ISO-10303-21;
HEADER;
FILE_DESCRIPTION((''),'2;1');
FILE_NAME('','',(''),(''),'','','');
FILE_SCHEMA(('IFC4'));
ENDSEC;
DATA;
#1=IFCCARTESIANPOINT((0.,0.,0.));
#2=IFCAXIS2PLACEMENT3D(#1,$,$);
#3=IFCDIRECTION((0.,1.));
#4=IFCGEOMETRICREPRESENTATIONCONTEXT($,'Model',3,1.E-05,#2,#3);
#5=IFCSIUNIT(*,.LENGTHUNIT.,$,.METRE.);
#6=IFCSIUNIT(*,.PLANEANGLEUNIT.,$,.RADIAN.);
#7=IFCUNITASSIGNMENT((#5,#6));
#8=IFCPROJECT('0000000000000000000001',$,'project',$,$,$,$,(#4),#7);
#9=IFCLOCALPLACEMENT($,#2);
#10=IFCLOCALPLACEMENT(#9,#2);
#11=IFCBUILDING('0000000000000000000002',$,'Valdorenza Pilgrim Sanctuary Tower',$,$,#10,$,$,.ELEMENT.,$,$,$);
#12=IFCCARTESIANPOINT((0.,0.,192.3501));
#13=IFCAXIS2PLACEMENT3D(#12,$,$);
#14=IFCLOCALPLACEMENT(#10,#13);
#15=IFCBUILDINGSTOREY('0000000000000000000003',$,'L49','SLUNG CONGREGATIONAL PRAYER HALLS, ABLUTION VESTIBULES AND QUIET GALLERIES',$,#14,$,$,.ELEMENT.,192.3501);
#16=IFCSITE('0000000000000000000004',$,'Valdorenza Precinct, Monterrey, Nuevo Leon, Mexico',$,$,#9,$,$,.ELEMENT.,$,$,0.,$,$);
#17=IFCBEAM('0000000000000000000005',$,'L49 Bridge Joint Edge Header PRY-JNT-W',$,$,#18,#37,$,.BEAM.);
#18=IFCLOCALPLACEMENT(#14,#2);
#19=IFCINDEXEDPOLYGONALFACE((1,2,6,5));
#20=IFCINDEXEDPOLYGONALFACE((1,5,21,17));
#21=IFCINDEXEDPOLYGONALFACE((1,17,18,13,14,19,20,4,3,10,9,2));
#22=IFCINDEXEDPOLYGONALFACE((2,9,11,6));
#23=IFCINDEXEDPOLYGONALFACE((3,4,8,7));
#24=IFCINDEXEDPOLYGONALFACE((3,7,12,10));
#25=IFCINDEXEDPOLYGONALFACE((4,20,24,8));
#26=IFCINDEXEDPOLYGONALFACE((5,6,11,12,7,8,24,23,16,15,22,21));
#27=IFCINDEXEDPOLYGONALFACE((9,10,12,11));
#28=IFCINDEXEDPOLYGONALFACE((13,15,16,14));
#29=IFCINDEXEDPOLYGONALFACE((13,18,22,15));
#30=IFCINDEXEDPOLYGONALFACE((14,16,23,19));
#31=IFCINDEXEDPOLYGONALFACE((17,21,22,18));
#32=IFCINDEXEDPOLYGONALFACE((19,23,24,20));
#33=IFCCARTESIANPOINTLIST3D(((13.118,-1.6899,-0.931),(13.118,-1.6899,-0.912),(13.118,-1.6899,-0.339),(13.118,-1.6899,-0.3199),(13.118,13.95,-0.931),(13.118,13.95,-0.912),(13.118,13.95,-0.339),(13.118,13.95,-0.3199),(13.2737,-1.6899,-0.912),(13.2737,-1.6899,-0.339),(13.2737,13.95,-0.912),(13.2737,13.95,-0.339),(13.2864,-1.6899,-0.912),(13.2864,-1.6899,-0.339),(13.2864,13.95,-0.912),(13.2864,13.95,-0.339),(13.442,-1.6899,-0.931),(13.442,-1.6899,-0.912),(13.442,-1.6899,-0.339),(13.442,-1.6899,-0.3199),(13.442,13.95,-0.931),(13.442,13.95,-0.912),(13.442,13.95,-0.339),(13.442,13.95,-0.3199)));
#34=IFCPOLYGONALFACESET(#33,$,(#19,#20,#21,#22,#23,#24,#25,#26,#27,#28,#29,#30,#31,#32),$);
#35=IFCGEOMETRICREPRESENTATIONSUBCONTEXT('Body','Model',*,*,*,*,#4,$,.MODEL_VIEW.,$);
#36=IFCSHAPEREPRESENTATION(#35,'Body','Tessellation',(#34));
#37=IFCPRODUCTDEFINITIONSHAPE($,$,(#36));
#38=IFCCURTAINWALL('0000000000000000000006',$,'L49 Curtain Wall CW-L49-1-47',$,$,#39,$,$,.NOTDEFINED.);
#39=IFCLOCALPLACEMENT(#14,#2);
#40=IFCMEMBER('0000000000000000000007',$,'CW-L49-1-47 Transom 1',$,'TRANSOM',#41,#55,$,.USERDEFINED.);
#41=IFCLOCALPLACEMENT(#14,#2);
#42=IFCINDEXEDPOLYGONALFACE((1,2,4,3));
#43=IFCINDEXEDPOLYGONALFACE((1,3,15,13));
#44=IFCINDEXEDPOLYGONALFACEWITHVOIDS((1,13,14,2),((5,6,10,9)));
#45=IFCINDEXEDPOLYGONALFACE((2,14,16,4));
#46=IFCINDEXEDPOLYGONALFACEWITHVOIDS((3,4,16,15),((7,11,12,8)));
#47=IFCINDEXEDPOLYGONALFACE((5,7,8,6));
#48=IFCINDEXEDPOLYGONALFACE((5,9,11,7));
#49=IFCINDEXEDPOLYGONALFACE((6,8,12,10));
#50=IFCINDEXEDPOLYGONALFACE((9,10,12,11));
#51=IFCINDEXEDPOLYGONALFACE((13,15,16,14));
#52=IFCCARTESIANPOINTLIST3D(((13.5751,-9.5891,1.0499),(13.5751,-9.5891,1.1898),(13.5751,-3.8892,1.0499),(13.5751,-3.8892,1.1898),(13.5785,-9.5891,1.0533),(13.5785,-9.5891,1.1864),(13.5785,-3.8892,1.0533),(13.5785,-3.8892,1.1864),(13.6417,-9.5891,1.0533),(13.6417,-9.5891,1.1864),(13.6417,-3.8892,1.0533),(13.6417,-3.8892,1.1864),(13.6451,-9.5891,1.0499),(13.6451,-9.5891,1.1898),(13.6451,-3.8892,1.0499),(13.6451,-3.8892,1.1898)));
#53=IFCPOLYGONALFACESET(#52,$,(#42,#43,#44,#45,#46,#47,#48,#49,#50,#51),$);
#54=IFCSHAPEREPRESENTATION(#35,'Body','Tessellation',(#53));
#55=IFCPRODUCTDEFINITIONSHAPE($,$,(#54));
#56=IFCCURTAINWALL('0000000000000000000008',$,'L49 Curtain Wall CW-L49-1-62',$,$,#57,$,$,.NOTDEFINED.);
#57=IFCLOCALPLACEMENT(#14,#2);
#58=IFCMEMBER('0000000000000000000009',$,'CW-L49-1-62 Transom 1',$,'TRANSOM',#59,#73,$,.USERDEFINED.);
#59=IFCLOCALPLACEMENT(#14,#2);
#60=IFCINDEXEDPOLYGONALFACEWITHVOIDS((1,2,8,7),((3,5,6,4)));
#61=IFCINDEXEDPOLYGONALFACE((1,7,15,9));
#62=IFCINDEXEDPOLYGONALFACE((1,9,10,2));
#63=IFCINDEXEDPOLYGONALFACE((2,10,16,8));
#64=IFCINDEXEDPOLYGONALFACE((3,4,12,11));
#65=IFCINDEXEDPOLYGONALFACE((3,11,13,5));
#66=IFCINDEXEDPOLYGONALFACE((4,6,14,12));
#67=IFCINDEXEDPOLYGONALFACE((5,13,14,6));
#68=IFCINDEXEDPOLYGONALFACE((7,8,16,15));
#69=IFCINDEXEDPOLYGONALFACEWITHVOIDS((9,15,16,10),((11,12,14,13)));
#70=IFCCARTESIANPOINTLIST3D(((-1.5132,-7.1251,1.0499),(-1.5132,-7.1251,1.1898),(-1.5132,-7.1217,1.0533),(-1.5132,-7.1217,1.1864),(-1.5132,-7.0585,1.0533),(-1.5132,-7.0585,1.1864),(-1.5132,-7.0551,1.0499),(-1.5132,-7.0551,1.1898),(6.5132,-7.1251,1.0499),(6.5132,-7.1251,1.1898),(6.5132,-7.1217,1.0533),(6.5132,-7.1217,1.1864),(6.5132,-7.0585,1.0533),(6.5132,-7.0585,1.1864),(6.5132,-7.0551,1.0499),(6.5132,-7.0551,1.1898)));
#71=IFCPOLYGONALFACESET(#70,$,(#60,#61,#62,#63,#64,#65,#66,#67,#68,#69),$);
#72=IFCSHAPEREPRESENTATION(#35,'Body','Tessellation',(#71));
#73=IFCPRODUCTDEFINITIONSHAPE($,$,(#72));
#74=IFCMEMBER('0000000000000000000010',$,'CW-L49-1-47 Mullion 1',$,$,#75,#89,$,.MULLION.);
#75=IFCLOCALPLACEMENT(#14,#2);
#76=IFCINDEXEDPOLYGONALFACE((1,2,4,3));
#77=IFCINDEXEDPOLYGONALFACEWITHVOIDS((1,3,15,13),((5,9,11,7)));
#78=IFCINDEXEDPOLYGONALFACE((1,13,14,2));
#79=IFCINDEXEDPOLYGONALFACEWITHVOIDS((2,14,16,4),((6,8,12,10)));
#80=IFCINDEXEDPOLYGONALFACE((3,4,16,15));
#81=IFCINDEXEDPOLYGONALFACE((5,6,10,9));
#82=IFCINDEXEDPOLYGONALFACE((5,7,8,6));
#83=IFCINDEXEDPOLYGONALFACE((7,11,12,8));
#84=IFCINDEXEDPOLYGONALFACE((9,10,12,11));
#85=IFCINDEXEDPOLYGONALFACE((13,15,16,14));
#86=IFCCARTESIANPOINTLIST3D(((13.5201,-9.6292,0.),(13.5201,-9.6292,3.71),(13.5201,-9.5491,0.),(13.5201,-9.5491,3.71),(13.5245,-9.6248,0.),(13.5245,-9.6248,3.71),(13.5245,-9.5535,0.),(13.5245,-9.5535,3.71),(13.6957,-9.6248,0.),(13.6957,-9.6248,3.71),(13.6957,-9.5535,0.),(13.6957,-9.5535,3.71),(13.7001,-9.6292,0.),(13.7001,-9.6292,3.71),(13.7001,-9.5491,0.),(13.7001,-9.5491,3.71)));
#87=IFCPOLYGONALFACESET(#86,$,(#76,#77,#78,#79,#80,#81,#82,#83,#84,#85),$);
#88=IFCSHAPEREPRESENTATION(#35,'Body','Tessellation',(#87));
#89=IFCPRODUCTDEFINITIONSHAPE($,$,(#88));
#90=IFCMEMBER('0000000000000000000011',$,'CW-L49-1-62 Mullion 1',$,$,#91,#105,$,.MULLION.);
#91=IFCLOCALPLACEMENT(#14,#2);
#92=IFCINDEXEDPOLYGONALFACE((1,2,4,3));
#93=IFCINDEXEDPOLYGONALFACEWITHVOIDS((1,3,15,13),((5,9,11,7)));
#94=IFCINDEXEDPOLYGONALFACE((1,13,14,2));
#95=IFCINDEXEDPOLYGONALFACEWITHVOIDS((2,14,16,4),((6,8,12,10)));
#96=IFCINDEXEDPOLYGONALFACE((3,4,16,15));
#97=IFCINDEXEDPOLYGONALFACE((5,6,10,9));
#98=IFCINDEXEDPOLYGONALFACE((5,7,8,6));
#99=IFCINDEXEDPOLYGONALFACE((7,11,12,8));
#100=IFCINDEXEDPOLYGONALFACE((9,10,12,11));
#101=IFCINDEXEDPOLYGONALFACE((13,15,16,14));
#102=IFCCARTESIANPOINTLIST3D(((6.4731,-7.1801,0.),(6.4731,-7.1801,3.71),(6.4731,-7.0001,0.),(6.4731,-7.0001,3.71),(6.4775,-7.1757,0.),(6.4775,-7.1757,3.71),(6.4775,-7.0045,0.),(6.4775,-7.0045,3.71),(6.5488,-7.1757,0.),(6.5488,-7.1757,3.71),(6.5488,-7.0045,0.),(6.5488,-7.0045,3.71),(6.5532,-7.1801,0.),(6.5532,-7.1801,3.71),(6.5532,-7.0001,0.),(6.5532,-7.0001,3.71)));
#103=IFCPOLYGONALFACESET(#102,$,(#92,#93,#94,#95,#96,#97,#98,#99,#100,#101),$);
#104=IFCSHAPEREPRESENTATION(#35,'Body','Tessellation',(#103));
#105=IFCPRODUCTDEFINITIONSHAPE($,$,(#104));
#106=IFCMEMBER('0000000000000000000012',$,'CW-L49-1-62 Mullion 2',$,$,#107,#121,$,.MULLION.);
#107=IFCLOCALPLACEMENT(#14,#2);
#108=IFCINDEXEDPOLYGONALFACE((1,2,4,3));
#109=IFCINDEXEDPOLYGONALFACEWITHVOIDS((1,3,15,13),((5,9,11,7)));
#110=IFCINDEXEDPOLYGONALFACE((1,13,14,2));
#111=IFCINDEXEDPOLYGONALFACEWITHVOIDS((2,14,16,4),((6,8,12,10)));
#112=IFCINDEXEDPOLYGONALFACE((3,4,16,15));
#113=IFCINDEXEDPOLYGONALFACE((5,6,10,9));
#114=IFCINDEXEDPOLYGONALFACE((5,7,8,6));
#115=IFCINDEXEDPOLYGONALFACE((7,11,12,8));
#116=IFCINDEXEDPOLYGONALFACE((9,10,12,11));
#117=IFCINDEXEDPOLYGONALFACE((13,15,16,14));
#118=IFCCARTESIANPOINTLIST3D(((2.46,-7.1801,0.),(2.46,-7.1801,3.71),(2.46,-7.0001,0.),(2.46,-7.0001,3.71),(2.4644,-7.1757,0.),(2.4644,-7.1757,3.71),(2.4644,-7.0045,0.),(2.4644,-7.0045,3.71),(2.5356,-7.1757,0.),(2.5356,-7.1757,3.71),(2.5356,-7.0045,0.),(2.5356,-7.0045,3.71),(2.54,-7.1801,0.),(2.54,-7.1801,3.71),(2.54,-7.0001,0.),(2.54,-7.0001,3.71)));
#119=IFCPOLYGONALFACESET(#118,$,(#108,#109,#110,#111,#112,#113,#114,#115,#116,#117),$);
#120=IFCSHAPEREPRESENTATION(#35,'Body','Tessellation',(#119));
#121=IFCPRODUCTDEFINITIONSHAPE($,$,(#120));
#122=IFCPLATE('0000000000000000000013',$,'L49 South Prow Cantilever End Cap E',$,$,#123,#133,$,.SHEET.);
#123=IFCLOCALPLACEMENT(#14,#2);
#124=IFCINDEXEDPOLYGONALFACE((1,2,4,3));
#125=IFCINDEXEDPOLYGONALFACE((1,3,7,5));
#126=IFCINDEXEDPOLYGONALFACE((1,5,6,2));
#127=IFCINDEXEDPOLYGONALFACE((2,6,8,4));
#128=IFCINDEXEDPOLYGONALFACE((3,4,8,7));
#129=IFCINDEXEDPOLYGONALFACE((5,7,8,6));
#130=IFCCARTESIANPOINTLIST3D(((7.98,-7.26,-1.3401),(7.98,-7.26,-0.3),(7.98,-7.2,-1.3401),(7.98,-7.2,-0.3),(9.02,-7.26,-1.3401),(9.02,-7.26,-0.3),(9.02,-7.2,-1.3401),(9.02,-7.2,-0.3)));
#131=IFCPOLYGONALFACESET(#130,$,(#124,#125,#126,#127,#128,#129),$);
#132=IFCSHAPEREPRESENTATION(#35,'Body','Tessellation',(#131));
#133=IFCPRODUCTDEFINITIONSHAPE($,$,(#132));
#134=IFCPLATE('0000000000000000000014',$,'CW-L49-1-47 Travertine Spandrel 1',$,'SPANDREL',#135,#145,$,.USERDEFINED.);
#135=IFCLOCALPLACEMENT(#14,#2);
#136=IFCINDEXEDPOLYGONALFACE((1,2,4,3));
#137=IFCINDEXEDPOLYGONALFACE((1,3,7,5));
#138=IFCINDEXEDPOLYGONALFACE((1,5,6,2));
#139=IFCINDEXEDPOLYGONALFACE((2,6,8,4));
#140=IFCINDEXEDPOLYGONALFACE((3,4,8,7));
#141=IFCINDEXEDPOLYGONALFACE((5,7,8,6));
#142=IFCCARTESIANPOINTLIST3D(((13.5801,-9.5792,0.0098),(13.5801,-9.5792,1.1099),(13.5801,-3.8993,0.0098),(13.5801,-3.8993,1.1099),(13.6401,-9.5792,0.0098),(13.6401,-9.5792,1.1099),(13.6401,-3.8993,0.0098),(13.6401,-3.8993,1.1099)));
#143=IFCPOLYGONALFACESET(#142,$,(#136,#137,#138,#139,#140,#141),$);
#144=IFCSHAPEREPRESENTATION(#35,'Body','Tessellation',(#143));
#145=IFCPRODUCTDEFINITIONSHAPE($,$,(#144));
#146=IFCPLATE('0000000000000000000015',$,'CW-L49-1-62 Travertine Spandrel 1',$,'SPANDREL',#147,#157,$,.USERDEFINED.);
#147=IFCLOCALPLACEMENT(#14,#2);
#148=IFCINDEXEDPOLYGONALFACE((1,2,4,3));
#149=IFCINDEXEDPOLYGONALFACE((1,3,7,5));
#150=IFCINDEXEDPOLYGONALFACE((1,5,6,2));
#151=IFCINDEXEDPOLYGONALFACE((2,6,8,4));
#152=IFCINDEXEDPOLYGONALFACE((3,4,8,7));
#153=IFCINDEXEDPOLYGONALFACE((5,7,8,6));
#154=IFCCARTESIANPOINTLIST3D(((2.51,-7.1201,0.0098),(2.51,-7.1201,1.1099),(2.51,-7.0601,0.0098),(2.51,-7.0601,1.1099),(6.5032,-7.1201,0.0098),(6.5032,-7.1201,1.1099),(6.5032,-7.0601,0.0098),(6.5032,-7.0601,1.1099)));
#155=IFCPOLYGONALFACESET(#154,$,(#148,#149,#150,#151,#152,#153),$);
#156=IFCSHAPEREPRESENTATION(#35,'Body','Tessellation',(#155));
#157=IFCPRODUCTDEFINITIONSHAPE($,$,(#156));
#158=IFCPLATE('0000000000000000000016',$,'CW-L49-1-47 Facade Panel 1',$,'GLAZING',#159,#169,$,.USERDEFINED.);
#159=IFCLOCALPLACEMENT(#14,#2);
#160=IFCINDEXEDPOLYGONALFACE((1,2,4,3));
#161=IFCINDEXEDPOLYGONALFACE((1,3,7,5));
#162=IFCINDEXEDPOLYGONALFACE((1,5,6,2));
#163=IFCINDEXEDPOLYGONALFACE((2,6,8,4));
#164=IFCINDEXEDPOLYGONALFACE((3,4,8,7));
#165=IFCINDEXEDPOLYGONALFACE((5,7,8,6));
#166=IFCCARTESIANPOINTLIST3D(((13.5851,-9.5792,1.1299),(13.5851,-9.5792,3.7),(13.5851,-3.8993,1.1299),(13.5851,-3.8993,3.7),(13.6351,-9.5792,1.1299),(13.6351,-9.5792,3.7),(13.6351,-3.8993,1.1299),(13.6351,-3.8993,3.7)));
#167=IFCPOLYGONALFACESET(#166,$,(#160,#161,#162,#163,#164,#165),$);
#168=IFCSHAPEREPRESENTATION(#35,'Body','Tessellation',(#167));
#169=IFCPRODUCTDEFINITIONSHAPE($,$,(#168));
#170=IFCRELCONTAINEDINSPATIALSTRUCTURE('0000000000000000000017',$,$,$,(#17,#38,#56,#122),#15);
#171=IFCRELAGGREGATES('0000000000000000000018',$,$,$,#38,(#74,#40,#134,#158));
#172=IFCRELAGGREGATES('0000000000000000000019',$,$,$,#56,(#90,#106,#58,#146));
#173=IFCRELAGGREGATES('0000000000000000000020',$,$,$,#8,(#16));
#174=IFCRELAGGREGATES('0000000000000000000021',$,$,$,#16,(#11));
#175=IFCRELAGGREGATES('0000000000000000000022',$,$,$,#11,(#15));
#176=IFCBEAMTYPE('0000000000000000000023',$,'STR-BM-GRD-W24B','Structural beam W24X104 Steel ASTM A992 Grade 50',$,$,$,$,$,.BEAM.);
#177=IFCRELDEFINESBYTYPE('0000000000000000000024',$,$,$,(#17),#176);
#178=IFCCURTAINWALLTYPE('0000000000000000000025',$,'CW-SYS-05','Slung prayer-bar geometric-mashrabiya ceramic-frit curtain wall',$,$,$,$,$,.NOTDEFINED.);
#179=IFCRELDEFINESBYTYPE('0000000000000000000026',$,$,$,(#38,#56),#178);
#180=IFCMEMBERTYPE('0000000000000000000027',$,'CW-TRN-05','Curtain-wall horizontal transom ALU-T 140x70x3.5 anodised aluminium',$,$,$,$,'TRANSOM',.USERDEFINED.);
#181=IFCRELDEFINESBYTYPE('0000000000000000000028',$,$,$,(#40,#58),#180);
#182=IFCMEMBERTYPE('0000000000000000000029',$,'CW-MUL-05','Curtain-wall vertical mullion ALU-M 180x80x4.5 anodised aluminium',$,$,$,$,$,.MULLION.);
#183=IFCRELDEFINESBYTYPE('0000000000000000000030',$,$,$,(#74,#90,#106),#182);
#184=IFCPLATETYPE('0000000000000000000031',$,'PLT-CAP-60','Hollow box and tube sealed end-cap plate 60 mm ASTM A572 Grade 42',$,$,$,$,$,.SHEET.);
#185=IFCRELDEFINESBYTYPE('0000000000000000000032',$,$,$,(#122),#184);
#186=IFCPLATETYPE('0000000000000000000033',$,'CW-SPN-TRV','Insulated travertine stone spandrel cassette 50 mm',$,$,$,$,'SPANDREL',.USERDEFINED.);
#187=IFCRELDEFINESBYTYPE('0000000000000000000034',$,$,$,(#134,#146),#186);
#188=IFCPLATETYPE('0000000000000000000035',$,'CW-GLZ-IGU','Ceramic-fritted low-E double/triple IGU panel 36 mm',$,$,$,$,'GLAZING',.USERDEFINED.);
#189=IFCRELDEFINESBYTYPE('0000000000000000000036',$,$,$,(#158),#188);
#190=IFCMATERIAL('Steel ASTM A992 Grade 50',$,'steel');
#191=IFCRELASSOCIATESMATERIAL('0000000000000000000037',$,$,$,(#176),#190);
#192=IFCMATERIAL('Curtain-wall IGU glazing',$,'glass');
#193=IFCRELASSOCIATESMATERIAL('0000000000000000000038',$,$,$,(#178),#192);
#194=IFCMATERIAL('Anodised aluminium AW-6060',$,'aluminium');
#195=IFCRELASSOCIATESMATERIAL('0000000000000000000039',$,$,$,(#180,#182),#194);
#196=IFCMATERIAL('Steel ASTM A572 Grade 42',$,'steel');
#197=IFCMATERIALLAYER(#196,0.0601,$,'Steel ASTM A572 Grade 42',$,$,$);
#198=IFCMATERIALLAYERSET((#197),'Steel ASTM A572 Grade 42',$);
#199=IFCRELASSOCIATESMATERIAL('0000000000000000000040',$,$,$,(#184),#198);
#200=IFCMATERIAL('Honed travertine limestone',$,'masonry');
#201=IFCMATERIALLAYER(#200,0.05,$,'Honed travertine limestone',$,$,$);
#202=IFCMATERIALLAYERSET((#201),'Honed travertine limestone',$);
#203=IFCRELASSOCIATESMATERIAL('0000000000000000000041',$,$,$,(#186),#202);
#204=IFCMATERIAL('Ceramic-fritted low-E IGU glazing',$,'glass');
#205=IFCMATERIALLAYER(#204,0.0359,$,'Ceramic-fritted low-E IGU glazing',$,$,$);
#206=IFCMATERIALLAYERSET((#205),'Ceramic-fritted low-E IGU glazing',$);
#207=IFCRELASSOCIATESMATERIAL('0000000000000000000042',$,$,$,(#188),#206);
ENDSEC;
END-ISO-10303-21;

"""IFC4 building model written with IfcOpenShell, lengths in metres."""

from ifc_helpers import new_model, si_unit, direction, frame, origin, origin_2d, place, context, subcontext, project, spatial, rectangle, hollow_rectangle, i_section, extrude, source, transform, mapped, material, layer, layer_set, material_profile, profile_set, type_object, element, aggregate, save


model = new_model("IFC4")

# Units and contexts
model_context = context("Model", 3, precision=1e-05, world=origin(), true_north=direction((0.0, 1.0)))
body_context = subcontext(model_context, "Body", "Model", "MODEL_VIEW")
ifc_project = project(units=[si_unit("LENGTHUNIT", "METRE"), si_unit("PLANEANGLEUNIT", "RADIAN")], contexts=[model_context])

# Site, building, storey
site_placement = place(None, origin())
site = spatial("IfcSite", under=ifc_project, at=site_placement, Name="Valdorenza Precinct, Monterrey, Nuevo Leon, Mexico", CompositionType="ELEMENT", RefElevation=0.0)
building_placement = place(site_placement, origin())
building = spatial("IfcBuilding", under=site, at=building_placement, Name="Valdorenza Pilgrim Sanctuary Tower", CompositionType="ELEMENT")
storey_placement = place(building_placement, frame((0.0, 0.0, 192.3501)))
storey = spatial("IfcBuildingStorey", under=building, at=storey_placement, Name="L49", Description="SLUNG CONGREGATIONAL PRAYER HALLS, ABLUTION VESTIBULES AND QUIET GALLERIES", CompositionType="ELEMENT", Elevation=192.3501)

# Beam
ifc_material_1 = material(Name="Steel ASTM A992 Grade 50", Category="steel")
ifc_material_profile_1 = material_profile(ifc_material_1, i_section(OverallWidth=0.324, OverallDepth=0.6111, WebThickness=0.0127, FlangeThickness=0.019, at=origin_2d()), Name="W24X104")
ifc_profile_set_1 = profile_set([ifc_material_profile_1], Name="Steel ASTM A992 Grade 50")
beam_type = type_object("IfcBeamType", Name="STR-BM-GRD-W24B", Description="Structural beam W24X104 Steel ASTM A992 Grade 50", PredefinedType="BEAM", material=ifc_profile_set_1)
shared_shape_1 = source(origin(), body_context, "Body", "SweptSolid", [
    extrude(i_section(OverallWidth=0.324, OverallDepth=0.6111, WebThickness=0.0127, FlangeThickness=0.019, at=origin_2d()), origin(), (0.0, 0.0, 1.0), 15.6399),
])
beam_placement = place(storey_placement, frame((13.28, -1.6899, -0.6255), z_axis=(0.0, 1.0, 0.0), x_axis=(-1.0, 0.0, 0.0)))
element("IfcBeam", 1, at=beam_placement, inside=storey, type_object=beam_type, Name="L49 Bridge Joint Edge Header PRY-JNT-W", PredefinedType="BEAM", context=body_context, shape_type="MappedRepresentation", body=[
    mapped(shared_shape_1, transform((0.0, 0.0, 0.0), x_axis=(1.0, 0.0, 0.0), y_axis=(0.0, 1.0, 0.0), z_axis=(0.0, 0.0, 1.0), scale=1.0)),
])

# Curtain walls, members
ifc_material_2 = material(Name="Curtain-wall IGU glazing", Category="glass")
curtain_wall_type = type_object("IfcCurtainWallType", Name="CW-SYS-05", Description="Slung prayer-bar geometric-mashrabiya ceramic-frit curtain wall", PredefinedType="NOTDEFINED", material=ifc_material_2)
curtain_wall_1_placement = place(storey_placement, origin())
curtain_wall_1 = element("IfcCurtainWall", 2, at=curtain_wall_1_placement, inside=storey, type_object=curtain_wall_type, Name="L49 Curtain Wall CW-L49-1-47", PredefinedType="NOTDEFINED")
ifc_material_3 = material(Name="Anodised aluminium AW-6060", Category="aluminium")
ifc_material_profile_2 = material_profile(ifc_material_3, hollow_rectangle(XDim=0.0701, YDim=0.1399, WallThickness=0.0034, at=origin_2d()), Name="ALU-T 140x70x3.5")
ifc_profile_set_2 = profile_set([ifc_material_profile_2], Name="Anodised aluminium AW-6060")
member_type_1 = type_object("IfcMemberType", Name="CW-TRN-05", Description="Curtain-wall horizontal transom ALU-T 140x70x3.5 anodised aluminium", ElementType="TRANSOM", PredefinedType="USERDEFINED", material=ifc_profile_set_2)
shared_shape_2 = source(origin(), body_context, "Body", "SweptSolid", [
    extrude(hollow_rectangle(XDim=0.0701, YDim=0.1399, WallThickness=0.0034, at=origin_2d()), origin(), (0.0, 0.0, 1.0), 5.7),
])
member_1_placement = place(storey_placement, frame((13.6101, -9.5891, 1.1199), z_axis=(0.0, 1.0, 0.0), x_axis=(-1.0, 0.0, 0.0)))
member_1 = element("IfcMember", 3, at=member_1_placement, type_object=member_type_1, Name="CW-L49-1-47 Transom 1", ObjectType="TRANSOM", PredefinedType="USERDEFINED", context=body_context, shape_type="MappedRepresentation", body=[
    mapped(shared_shape_2, transform((0.0, 0.0, 0.0), x_axis=(1.0, 0.0, 0.0), y_axis=(0.0, 1.0, 0.0), z_axis=(0.0, 0.0, 1.0), scale=1.0)),
])
curtain_wall_2_placement = place(storey_placement, origin())
curtain_wall_2 = element("IfcCurtainWall", 4, at=curtain_wall_2_placement, inside=storey, type_object=curtain_wall_type, Name="L49 Curtain Wall CW-L49-1-62", PredefinedType="NOTDEFINED")
shared_shape_3 = source(origin(), body_context, "Body", "SweptSolid", [
    extrude(hollow_rectangle(XDim=0.0701, YDim=0.1399, WallThickness=0.0034, at=origin_2d()), origin(), (0.0, 0.0, 1.0), 8.0264),
])
member_2_placement = place(storey_placement, frame((6.5132, -7.0901, 1.1199), z_axis=(-1.0, 0.0, 0.0), x_axis=(0.0, -1.0, 0.0)))
member_2 = element("IfcMember", 5, at=member_2_placement, type_object=member_type_1, Name="CW-L49-1-62 Transom 1", ObjectType="TRANSOM", PredefinedType="USERDEFINED", context=body_context, shape_type="MappedRepresentation", body=[
    mapped(shared_shape_3, transform((0.0, 0.0, 0.0), x_axis=(1.0, 0.0, 0.0), y_axis=(0.0, 1.0, 0.0), z_axis=(0.0, 0.0, 1.0), scale=1.0)),
])

# Members
ifc_material_profile_3 = material_profile(ifc_material_3, hollow_rectangle(XDim=0.0801, YDim=0.1799, WallThickness=0.0044, at=origin_2d()), Name="ALU-M 180x80x4.5")
ifc_profile_set_3 = profile_set([ifc_material_profile_3], Name="Anodised aluminium AW-6060")
member_type_2 = type_object("IfcMemberType", Name="CW-MUL-05", Description="Curtain-wall vertical mullion ALU-M 180x80x4.5 anodised aluminium", PredefinedType="MULLION", material=ifc_profile_set_3)
shared_shape_4 = source(origin(), body_context, "Body", "SweptSolid", [
    extrude(hollow_rectangle(XDim=0.0801, YDim=0.1799, WallThickness=0.0044, at=origin_2d()), origin(), (0.0, 0.0, 1.0), 3.71),
])
member_3_placement = place(storey_placement, frame((13.6101, -9.5891, 0.0), z_axis=(0.0, 0.0, 1.0), x_axis=(0.0, 1.0, 0.0)))
member_3 = element("IfcMember", 6, at=member_3_placement, type_object=member_type_2, Name="CW-L49-1-47 Mullion 1", PredefinedType="MULLION", context=body_context, shape_type="MappedRepresentation", body=[
    mapped(shared_shape_4, transform((0.0, 0.0, 0.0), x_axis=(1.0, 0.0, 0.0), y_axis=(0.0, 1.0, 0.0), z_axis=(0.0, 0.0, 1.0), scale=1.0)),
])
member_4_placement = place(storey_placement, frame((6.5132, -7.0901, 0.0), z_axis=(0.0, 0.0, 1.0), x_axis=(-1.0, 0.0, 0.0)))
member_4 = element("IfcMember", 7, at=member_4_placement, type_object=member_type_2, Name="CW-L49-1-62 Mullion 1", PredefinedType="MULLION", context=body_context, shape_type="MappedRepresentation", body=[
    mapped(shared_shape_4, transform((0.0, 0.0, 0.0), x_axis=(1.0, 0.0, 0.0), y_axis=(0.0, 1.0, 0.0), z_axis=(0.0, 0.0, 1.0), scale=1.0)),
])
member_5_placement = place(storey_placement, frame((2.5, -7.0901, 0.0), z_axis=(0.0, 0.0, 1.0), x_axis=(-1.0, 0.0, 0.0)))
member_5 = element("IfcMember", 8, at=member_5_placement, type_object=member_type_2, Name="CW-L49-1-62 Mullion 2", PredefinedType="MULLION", context=body_context, shape_type="MappedRepresentation", body=[
    mapped(shared_shape_4, transform((0.0, 0.0, 0.0), x_axis=(1.0, 0.0, 0.0), y_axis=(0.0, 1.0, 0.0), z_axis=(0.0, 0.0, 1.0), scale=1.0)),
])

# Plates
ifc_material_4 = material(Name="Steel ASTM A572 Grade 42", Category="steel")
ifc_layer_1 = layer(ifc_material_4, 0.0601, Name="Steel ASTM A572 Grade 42")
ifc_layer_set_1 = layer_set([ifc_layer_1], Name="Steel ASTM A572 Grade 42")
plate_type_1 = type_object("IfcPlateType", Name="PLT-CAP-60", Description="Hollow box and tube sealed end-cap plate 60 mm ASTM A572 Grade 42", PredefinedType="SHEET", material=ifc_layer_set_1)
shared_shape_5 = source(origin(), body_context, "Body", "SweptSolid", [
    extrude(rectangle(XDim=1.04, YDim=0.0601, at=origin_2d()), origin(), (0.0, 0.0, 1.0), 1.04),
])
plate_1_placement = place(storey_placement, frame((8.5, -7.23, -1.3401), z_axis=(0.0, 0.0, 1.0), x_axis=(1.0, 0.0, 0.0)))
element("IfcPlate", 9, at=plate_1_placement, inside=storey, type_object=plate_type_1, Name="L49 South Prow Cantilever End Cap E", PredefinedType="SHEET", context=body_context, shape_type="MappedRepresentation", body=[
    mapped(shared_shape_5, transform((0.0, 0.0, 0.0), x_axis=(1.0, 0.0, 0.0), y_axis=(0.0, 1.0, 0.0), z_axis=(0.0, 0.0, 1.0), scale=1.0)),
])
ifc_material_5 = material(Name="Honed travertine limestone", Category="masonry")
ifc_layer_2 = layer(ifc_material_5, 0.05, Name="Honed travertine limestone")
ifc_layer_set_2 = layer_set([ifc_layer_2], Name="Honed travertine limestone")
plate_type_2 = type_object("IfcPlateType", Name="CW-SPN-TRV", Description="Insulated travertine stone spandrel cassette 50 mm", ElementType="SPANDREL", PredefinedType="USERDEFINED", material=ifc_layer_set_2)
shared_shape_6 = source(origin(), body_context, "Body", "SweptSolid", [
    extrude(rectangle(XDim=5.6799, YDim=0.0601, at=origin_2d()), origin(), (0.0, 0.0, 1.0), 1.1001),
])
plate_2_placement = place(storey_placement, frame((13.6101, -6.7393, 0.0098), z_axis=(0.0, 0.0, 1.0), x_axis=(0.0, 1.0, 0.0)))
plate_2 = element("IfcPlate", 10, at=plate_2_placement, type_object=plate_type_2, Name="CW-L49-1-47 Travertine Spandrel 1", ObjectType="SPANDREL", PredefinedType="USERDEFINED", context=body_context, shape_type="MappedRepresentation", body=[
    mapped(shared_shape_6, transform((0.0, 0.0, 0.0), x_axis=(1.0, 0.0, 0.0), y_axis=(0.0, 1.0, 0.0), z_axis=(0.0, 0.0, 1.0), scale=1.0)),
])
shared_shape_7 = source(origin(), body_context, "Body", "SweptSolid", [
    extrude(rectangle(XDim=3.9932, YDim=0.0601, at=origin_2d()), origin(), (0.0, 0.0, 1.0), 1.1001),
])
plate_3_placement = place(storey_placement, frame((4.5066, -7.0901, 0.0098), z_axis=(0.0, 0.0, 1.0), x_axis=(-1.0, 0.0, 0.0)))
plate_3 = element("IfcPlate", 11, at=plate_3_placement, type_object=plate_type_2, Name="CW-L49-1-62 Travertine Spandrel 1", ObjectType="SPANDREL", PredefinedType="USERDEFINED", context=body_context, shape_type="MappedRepresentation", body=[
    mapped(shared_shape_7, transform((0.0, 0.0, 0.0), x_axis=(1.0, 0.0, 0.0), y_axis=(0.0, 1.0, 0.0), z_axis=(0.0, 0.0, 1.0), scale=1.0)),
])
ifc_material_6 = material(Name="Ceramic-fritted low-E IGU glazing", Category="glass")
ifc_layer_3 = layer(ifc_material_6, 0.0359, Name="Ceramic-fritted low-E IGU glazing")
ifc_layer_set_3 = layer_set([ifc_layer_3], Name="Ceramic-fritted low-E IGU glazing")
plate_type_3 = type_object("IfcPlateType", Name="CW-GLZ-IGU", Description="Ceramic-fritted low-E double/triple IGU panel 36 mm", ElementType="GLAZING", PredefinedType="USERDEFINED", material=ifc_layer_set_3)
shared_shape_8 = source(origin(), body_context, "Body", "SweptSolid", [
    extrude(rectangle(XDim=5.6799, YDim=0.05, at=origin_2d()), origin(), (0.0, 0.0, 1.0), 2.5701),
])
plate_4_placement = place(storey_placement, frame((13.6101, -6.7393, 1.1299), z_axis=(0.0, 0.0, 1.0), x_axis=(0.0, 1.0, 0.0)))
plate_4 = element("IfcPlate", 12, at=plate_4_placement, type_object=plate_type_3, Name="CW-L49-1-47 Facade Panel 1", ObjectType="GLAZING", PredefinedType="USERDEFINED", context=body_context, shape_type="MappedRepresentation", body=[
    mapped(shared_shape_8, transform((0.0, 0.0, 0.0), x_axis=(1.0, 0.0, 0.0), y_axis=(0.0, 1.0, 0.0), z_axis=(0.0, 0.0, 1.0), scale=1.0)),
])
aggregate(curtain_wall_1, [member_3, member_1, plate_2, plate_4])
aggregate(curtain_wall_2, [member_4, member_5, member_2, plate_3])

save(model, "model.ifc")
